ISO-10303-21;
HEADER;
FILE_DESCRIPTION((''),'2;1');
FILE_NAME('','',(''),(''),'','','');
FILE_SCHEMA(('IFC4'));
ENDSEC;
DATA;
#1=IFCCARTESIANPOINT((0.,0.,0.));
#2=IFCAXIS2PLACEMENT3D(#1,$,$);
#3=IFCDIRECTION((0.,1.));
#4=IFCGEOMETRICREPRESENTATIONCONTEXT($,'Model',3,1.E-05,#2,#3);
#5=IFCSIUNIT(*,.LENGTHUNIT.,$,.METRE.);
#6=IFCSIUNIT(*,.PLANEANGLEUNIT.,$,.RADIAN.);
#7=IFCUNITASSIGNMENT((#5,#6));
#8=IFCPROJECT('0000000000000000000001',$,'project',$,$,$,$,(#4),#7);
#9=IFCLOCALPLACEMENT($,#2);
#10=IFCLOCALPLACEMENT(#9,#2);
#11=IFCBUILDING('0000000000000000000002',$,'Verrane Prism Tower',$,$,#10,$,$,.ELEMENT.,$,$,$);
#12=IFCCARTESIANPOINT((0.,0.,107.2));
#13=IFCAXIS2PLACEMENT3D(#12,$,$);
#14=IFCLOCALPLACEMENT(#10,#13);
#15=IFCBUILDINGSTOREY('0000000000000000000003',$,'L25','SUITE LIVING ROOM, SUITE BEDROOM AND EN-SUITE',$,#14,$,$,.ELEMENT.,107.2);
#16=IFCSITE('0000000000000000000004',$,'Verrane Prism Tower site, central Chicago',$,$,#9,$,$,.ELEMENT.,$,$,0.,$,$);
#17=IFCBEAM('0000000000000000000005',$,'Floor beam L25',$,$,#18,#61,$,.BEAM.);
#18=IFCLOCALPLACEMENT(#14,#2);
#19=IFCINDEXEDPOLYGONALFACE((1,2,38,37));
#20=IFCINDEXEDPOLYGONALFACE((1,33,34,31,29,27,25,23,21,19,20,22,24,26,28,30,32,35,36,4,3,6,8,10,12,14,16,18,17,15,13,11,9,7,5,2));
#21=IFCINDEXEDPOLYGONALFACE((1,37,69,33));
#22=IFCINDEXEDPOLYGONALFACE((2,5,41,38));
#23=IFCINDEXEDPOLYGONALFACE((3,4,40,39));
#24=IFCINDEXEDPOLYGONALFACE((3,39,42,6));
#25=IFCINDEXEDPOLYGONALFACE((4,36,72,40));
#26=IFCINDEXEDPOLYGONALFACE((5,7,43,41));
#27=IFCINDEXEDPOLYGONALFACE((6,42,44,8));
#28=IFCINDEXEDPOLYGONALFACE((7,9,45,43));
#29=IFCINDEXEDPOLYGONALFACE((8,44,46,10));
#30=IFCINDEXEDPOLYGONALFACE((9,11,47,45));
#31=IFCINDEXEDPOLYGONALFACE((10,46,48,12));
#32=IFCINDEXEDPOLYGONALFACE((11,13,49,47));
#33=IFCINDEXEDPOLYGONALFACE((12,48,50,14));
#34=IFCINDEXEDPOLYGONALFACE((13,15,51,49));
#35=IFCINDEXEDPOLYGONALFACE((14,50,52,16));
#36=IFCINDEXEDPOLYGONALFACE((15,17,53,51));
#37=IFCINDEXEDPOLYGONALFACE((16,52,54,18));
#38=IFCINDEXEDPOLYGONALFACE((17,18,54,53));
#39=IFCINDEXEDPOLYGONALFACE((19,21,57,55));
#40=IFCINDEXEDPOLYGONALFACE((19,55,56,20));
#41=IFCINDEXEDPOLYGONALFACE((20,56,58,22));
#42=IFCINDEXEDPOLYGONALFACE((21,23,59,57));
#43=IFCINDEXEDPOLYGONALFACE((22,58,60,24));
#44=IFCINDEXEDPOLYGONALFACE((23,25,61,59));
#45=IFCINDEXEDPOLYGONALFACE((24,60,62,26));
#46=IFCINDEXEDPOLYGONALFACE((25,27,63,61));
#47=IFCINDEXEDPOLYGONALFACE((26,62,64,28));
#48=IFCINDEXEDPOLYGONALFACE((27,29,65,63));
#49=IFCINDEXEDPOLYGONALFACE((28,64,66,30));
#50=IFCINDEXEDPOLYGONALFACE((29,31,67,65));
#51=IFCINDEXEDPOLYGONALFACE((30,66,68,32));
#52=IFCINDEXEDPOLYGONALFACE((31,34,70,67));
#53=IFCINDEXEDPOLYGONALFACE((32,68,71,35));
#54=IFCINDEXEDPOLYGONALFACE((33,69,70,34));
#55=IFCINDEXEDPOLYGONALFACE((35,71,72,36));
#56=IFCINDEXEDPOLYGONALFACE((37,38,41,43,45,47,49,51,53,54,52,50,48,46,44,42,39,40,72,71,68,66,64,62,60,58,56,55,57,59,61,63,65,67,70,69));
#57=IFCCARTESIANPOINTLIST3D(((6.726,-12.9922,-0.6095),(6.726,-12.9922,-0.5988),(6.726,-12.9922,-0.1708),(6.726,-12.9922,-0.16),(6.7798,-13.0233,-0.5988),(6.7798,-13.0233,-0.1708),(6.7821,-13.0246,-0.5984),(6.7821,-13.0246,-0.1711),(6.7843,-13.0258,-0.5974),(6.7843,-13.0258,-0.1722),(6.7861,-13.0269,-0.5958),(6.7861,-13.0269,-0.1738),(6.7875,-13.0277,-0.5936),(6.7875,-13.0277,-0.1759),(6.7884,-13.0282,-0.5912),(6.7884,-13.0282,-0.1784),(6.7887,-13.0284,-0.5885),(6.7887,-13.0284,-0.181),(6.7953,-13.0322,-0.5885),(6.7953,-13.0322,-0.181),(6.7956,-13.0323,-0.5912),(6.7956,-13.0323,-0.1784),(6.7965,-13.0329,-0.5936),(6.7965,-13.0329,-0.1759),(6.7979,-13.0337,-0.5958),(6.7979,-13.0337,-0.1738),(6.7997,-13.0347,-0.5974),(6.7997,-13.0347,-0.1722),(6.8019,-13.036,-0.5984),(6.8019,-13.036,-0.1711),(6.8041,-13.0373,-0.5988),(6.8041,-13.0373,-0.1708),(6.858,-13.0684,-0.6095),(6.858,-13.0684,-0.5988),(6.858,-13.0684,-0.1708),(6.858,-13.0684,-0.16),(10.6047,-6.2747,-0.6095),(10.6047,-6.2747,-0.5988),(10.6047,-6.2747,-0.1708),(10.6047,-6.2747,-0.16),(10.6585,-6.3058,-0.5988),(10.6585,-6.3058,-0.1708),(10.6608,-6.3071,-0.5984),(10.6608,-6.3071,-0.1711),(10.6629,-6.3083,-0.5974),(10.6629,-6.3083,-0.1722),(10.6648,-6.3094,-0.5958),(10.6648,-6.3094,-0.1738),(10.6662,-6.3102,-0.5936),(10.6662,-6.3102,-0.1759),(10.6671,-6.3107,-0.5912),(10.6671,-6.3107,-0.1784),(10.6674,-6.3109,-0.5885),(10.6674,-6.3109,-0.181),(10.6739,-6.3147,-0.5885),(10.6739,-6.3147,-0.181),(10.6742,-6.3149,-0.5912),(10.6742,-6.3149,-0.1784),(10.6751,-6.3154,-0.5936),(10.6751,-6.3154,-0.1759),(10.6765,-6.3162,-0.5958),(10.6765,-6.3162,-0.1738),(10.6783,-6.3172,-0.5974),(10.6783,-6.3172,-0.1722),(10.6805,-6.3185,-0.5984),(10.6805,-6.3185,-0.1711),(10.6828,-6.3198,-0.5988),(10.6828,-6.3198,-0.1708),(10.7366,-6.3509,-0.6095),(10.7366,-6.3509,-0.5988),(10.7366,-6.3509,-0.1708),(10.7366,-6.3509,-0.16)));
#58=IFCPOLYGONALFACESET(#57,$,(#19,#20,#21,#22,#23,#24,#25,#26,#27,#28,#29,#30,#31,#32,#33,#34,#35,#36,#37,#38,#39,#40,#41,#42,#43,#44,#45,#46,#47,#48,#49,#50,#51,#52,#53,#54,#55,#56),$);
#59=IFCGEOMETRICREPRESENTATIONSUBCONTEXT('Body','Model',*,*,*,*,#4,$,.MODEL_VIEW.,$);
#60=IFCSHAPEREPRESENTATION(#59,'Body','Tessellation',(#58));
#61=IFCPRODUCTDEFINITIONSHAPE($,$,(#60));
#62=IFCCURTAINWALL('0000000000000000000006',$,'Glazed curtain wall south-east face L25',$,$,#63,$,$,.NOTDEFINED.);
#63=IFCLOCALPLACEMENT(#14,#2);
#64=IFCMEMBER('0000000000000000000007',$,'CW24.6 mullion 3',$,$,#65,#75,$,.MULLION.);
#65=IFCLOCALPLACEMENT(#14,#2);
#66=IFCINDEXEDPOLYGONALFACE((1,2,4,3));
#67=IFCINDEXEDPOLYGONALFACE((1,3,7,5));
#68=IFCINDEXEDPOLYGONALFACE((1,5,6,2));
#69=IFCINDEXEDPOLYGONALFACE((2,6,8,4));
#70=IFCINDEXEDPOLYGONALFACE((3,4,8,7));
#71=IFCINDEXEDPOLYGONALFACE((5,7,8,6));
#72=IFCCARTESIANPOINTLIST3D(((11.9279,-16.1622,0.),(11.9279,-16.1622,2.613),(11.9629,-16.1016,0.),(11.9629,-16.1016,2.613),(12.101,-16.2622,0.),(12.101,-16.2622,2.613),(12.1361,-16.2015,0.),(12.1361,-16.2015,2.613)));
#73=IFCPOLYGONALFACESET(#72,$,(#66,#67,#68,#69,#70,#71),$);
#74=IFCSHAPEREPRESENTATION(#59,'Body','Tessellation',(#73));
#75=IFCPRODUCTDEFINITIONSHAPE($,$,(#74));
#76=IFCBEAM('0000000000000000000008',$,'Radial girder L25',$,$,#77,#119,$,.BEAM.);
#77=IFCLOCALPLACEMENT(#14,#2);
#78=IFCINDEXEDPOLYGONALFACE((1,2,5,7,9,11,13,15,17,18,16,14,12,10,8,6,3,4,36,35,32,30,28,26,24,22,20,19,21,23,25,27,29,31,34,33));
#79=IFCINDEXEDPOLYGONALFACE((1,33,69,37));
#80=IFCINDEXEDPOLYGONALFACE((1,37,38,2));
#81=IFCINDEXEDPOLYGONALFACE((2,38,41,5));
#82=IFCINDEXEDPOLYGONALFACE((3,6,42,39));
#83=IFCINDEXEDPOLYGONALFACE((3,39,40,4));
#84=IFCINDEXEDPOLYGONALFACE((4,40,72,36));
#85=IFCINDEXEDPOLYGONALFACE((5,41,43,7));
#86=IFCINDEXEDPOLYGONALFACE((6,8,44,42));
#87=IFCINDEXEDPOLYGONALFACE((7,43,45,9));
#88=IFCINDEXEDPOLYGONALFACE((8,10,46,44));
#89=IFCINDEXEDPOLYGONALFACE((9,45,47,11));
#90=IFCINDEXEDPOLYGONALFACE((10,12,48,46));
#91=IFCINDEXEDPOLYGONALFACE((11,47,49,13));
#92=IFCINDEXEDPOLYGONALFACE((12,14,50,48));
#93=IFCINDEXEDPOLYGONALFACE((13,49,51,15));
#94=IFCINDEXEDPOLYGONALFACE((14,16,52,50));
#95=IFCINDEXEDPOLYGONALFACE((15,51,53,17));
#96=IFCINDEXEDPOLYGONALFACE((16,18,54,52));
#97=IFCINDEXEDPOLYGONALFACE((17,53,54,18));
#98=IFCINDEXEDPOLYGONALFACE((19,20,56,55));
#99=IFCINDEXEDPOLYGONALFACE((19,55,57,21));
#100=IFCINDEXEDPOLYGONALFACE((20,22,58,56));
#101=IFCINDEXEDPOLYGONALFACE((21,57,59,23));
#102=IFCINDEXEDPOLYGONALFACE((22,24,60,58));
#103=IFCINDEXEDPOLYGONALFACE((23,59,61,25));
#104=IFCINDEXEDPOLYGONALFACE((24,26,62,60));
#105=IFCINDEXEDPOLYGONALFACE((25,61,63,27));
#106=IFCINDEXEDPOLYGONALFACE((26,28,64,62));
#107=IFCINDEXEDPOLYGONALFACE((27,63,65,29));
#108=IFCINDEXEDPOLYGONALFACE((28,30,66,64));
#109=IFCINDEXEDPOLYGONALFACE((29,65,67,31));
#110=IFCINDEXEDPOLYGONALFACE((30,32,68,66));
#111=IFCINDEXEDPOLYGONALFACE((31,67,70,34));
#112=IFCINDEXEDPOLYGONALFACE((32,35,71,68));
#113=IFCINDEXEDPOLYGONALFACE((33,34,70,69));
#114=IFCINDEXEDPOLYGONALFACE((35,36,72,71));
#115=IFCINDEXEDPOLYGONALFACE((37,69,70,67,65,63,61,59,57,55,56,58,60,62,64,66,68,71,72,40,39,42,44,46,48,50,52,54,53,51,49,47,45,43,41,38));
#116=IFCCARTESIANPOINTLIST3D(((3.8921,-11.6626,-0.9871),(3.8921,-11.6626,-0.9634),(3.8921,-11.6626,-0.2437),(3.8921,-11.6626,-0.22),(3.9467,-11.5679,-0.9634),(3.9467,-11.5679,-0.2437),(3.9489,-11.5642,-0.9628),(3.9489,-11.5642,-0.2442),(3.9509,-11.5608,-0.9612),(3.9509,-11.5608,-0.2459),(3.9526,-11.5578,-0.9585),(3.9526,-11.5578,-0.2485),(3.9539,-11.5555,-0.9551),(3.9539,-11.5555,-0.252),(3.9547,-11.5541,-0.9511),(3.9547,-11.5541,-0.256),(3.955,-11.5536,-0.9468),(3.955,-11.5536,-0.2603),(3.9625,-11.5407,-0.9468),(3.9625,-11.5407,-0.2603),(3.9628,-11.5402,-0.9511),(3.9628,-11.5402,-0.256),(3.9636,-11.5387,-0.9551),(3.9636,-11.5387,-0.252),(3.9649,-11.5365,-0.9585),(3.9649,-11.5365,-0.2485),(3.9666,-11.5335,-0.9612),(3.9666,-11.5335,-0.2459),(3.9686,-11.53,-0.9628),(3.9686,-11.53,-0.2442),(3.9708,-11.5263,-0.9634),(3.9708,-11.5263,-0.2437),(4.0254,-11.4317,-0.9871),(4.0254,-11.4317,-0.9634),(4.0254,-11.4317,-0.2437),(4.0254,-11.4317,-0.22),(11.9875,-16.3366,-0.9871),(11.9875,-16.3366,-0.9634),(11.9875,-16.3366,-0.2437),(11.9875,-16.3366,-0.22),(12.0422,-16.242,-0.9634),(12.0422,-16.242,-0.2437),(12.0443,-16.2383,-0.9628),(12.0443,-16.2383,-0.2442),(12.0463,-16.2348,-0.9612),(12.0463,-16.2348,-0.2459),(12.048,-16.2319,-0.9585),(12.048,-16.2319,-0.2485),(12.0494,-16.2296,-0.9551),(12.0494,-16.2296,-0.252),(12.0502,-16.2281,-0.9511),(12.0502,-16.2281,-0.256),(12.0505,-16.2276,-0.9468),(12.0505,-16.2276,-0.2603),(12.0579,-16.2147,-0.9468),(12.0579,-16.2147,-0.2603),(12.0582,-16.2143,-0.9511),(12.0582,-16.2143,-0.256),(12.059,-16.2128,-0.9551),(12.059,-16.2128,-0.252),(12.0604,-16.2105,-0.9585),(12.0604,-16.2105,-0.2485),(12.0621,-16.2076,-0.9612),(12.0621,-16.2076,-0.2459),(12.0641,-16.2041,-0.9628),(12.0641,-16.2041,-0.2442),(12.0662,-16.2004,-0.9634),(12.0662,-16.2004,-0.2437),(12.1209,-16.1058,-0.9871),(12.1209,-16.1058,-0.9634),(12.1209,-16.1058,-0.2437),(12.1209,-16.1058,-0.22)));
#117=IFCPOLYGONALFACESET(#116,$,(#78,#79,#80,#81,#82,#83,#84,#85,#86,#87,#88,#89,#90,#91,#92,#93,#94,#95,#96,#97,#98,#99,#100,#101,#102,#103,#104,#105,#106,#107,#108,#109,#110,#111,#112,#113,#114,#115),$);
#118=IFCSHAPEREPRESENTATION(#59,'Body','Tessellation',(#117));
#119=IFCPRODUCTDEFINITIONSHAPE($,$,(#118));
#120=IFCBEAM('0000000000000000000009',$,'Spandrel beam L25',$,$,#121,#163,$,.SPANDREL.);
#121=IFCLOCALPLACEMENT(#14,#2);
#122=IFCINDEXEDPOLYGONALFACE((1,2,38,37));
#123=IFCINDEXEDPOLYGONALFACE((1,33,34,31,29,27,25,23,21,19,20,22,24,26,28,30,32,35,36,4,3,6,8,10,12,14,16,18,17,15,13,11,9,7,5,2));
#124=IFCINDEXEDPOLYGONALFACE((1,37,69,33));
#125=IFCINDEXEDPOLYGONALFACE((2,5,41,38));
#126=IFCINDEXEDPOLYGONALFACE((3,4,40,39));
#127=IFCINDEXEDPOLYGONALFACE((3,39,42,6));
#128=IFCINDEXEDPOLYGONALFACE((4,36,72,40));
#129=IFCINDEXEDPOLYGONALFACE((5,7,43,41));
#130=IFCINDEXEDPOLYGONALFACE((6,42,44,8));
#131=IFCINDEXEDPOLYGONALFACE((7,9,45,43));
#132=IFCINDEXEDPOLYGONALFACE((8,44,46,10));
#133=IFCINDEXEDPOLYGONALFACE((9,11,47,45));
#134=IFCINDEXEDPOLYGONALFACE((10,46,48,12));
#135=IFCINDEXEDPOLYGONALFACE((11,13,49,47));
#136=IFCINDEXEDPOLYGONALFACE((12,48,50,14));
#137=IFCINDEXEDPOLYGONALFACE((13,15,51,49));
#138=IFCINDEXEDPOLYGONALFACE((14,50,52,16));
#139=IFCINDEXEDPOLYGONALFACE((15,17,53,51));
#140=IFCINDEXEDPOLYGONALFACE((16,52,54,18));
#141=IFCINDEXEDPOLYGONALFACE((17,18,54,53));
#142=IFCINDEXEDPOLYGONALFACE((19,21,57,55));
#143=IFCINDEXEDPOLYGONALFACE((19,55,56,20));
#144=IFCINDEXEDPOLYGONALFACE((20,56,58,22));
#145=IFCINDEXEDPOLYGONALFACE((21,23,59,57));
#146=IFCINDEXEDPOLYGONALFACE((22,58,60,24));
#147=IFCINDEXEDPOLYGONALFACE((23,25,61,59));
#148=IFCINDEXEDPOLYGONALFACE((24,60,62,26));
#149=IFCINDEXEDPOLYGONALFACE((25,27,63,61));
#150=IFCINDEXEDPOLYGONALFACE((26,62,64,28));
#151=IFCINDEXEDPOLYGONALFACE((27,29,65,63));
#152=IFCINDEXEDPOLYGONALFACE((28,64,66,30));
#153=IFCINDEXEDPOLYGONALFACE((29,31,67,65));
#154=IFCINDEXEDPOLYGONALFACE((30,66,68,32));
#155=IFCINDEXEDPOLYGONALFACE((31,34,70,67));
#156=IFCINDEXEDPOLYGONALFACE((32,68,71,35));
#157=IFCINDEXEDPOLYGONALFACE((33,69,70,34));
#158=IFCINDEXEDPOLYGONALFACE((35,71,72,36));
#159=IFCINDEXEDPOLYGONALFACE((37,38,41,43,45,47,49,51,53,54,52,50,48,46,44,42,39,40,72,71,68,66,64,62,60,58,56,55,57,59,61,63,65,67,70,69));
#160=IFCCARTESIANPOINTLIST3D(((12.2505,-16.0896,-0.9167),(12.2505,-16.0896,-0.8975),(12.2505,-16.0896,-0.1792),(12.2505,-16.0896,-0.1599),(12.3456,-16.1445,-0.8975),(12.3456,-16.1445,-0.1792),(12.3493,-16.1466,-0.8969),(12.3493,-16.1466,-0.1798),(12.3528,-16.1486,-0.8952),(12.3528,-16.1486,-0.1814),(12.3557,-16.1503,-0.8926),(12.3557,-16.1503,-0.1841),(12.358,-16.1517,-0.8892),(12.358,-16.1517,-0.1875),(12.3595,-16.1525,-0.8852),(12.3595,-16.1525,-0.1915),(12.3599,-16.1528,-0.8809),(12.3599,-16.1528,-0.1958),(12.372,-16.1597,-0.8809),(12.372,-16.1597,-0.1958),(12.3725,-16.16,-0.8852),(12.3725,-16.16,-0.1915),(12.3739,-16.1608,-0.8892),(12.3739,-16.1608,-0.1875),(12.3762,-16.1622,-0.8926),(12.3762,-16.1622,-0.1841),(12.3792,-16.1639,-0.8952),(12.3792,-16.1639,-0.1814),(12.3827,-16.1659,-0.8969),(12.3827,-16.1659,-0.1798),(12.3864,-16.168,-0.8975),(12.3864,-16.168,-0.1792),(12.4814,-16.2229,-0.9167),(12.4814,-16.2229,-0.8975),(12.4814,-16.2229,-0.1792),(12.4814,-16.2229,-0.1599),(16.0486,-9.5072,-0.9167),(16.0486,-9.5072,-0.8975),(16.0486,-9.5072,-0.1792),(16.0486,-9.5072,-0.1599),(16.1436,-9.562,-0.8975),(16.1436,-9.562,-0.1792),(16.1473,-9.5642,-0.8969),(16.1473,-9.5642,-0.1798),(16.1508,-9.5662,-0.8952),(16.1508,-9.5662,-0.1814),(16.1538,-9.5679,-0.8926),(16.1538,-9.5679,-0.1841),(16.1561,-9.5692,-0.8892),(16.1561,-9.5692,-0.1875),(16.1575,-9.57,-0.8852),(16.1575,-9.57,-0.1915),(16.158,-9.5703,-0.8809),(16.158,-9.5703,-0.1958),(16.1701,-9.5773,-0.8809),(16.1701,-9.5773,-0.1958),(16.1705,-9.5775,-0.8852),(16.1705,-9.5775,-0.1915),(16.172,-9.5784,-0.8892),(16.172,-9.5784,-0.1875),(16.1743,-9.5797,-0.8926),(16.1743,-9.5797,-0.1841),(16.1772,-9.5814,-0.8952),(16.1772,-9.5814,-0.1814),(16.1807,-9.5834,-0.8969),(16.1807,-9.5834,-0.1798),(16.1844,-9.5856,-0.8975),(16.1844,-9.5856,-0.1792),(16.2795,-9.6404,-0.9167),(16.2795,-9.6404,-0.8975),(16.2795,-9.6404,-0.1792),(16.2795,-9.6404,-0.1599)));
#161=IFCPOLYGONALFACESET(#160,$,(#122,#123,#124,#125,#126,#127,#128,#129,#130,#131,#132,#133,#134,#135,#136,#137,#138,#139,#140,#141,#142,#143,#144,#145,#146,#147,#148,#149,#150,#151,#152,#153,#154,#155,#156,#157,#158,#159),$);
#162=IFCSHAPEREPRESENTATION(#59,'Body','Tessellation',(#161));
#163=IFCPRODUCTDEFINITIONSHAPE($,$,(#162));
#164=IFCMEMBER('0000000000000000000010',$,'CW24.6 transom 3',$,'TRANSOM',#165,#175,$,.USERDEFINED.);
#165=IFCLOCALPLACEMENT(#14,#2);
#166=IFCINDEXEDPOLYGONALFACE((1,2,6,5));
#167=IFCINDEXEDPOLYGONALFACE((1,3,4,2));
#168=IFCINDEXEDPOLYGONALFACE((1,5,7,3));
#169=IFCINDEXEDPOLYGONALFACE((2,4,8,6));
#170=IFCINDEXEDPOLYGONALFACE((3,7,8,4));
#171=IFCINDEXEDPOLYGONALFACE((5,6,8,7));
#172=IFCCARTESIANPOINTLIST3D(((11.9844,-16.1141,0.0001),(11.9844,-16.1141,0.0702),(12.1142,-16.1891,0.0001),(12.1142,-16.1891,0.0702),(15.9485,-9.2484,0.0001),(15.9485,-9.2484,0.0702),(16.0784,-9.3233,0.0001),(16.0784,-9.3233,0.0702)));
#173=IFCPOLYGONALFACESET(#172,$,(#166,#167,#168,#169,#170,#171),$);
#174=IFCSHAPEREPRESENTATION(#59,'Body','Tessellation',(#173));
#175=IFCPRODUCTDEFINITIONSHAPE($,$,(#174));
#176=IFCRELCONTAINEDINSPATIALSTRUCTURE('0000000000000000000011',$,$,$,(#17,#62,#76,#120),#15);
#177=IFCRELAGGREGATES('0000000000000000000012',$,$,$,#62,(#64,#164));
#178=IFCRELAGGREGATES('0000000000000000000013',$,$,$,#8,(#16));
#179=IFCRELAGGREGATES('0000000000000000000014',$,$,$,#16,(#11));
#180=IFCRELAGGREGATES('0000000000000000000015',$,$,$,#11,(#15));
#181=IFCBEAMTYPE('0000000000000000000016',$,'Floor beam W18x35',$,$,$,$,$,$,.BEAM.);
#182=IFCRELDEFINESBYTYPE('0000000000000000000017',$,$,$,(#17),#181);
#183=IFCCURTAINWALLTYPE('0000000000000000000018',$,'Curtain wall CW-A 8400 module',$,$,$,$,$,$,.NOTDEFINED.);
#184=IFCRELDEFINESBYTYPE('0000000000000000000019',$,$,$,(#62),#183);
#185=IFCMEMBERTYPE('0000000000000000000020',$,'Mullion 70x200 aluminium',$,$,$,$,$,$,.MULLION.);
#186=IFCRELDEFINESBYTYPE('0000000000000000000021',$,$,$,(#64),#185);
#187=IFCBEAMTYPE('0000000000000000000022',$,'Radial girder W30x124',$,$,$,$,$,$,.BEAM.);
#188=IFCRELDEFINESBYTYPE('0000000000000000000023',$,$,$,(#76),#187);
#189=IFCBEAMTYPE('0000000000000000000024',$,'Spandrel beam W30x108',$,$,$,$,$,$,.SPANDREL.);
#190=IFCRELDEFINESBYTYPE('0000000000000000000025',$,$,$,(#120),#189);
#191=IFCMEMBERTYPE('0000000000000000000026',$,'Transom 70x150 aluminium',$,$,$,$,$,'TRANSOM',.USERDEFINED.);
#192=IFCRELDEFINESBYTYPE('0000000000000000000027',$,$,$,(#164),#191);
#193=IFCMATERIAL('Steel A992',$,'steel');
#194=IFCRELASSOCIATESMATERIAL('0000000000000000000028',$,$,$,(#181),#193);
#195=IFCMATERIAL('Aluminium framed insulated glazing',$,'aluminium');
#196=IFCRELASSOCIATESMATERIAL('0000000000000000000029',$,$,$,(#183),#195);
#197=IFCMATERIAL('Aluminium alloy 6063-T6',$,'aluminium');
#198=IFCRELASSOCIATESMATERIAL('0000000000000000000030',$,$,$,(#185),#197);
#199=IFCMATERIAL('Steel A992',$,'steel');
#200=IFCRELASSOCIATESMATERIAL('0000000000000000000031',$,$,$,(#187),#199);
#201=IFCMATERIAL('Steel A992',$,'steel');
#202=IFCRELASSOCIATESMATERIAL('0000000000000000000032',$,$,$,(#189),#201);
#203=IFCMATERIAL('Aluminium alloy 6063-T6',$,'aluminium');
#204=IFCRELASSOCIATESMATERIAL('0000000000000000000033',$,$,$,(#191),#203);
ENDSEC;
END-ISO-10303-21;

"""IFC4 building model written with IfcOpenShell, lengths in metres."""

from ifc_helpers import new_model, si_unit, direction, frame, origin, origin_2d, place, context, subcontext, project, spatial, rectangle, i_section, extrude, material, material_profile, profile_set, type_object, element, aggregate, save


model = new_model("IFC4")

# Units and contexts
model_context = context("Model", 3, precision=1e-05, world=origin(), true_north=direction((0.0, 1.0)))
body_context = subcontext(model_context, "Body", "Model", "MODEL_VIEW")
ifc_project = project(units=[si_unit("LENGTHUNIT", "METRE"), si_unit("PLANEANGLEUNIT", "RADIAN")], contexts=[model_context])

# Site, building, storey
site_placement = place(None, origin())
site = spatial("IfcSite", under=ifc_project, at=site_placement, Name="Verrane Prism Tower site, central Chicago", CompositionType="ELEMENT", RefElevation=0.0)
building_placement = place(site_placement, origin())
building = spatial("IfcBuilding", under=site, at=building_placement, Name="Verrane Prism Tower", CompositionType="ELEMENT")
storey_placement = place(building_placement, frame((0.0, 0.0, 107.2)))
storey = spatial("IfcBuildingStorey", under=building, at=storey_placement, Name="L25", Description="SUITE LIVING ROOM, SUITE BEDROOM AND EN-SUITE", CompositionType="ELEMENT", Elevation=107.2)

# Beam
ifc_material_1 = material(Name="Steel A992", Category="steel")
ifc_material_profile_1 = material_profile(ifc_material_1, i_section(OverallWidth=0.1523, OverallDepth=0.4495, WebThickness=0.0076, FlangeThickness=0.0107, FilletRadius=0.0103, at=origin_2d()), Name="W18x35")
ifc_profile_set_1 = profile_set([ifc_material_profile_1], Name="Steel A992")
beam_type_1 = type_object("IfcBeamType", Name="Floor beam W18x35", PredefinedType="BEAM", material=ifc_profile_set_1)
for number, where, z_axis, x_axis, name in (
    (1, (6.792, -13.0303, -0.3848), (0.500028, 0.866009, 0.0), (-0.866009, 0.500028, 0.0), "Floor beam L25"),
):
    element("IfcBeam", number, at=place(storey_placement, frame(where, z_axis=z_axis, x_axis=x_axis)), inside=storey, type_object=beam_type_1, Name=name, PredefinedType="BEAM", context=body_context, shape_type="SweptSolid", body=[
        extrude(i_section(OverallWidth=0.1523, OverallDepth=0.4495, WebThickness=0.0076, FlangeThickness=0.0107, FilletRadius=0.0103, at=origin_2d()), origin(), (0.0, 0.0, 1.0), 7.7568),
    ])

# Curtain wall, member
ifc_material_2 = material(Name="Aluminium framed insulated glazing", Category="aluminium")
curtain_wall_type = type_object("IfcCurtainWallType", Name="Curtain wall CW-A 8400 module", PredefinedType="NOTDEFINED", material=ifc_material_2)
curtain_wall_placement = place(storey_placement, origin())
curtain_wall = element("IfcCurtainWall", 2, at=curtain_wall_placement, inside=storey, type_object=curtain_wall_type, Name="Glazed curtain wall south-east face L25", PredefinedType="NOTDEFINED")
ifc_material_3 = material(Name="Aluminium alloy 6063-T6", Category="aluminium")
ifc_material_profile_2 = material_profile(ifc_material_3, rectangle(XDim=0.2, YDim=0.0701, at=origin_2d()), Name="Mullion 70x200 aluminium")
ifc_profile_set_2 = profile_set([ifc_material_profile_2], Name="Aluminium alloy 6063-T6")
member_type_1 = type_object("IfcMemberType", Name="Mullion 70x200 aluminium", PredefinedType="MULLION", material=ifc_profile_set_2)
member_1_placement = place(storey_placement, frame((12.032, -16.1819, 0.0), z_axis=(0.0, 0.0, 1.0), x_axis=(-0.866025, 0.5, 0.0)))
member_1 = element("IfcMember", 3, at=member_1_placement, type_object=member_type_1, Name="CW24.6 mullion 3", PredefinedType="MULLION", context=body_context, shape_type="SweptSolid", body=[
    extrude(rectangle(XDim=0.2, YDim=0.0701, at=origin_2d()), origin(), (0.0, 0.0, 1.0), 2.613),
])

# Beams
ifc_material_4 = material(Name="Steel A992", Category="steel")
ifc_material_profile_3 = material_profile(ifc_material_4, i_section(OverallWidth=0.2666, OverallDepth=0.7671, WebThickness=0.0149, FlangeThickness=0.0237, FilletRadius=0.0166, at=origin_2d()), Name="W30x124")
ifc_profile_set_3 = profile_set([ifc_material_profile_3], Name="Steel A992")
beam_type_2 = type_object("IfcBeamType", Name="Radial girder W30x124", PredefinedType="BEAM", material=ifc_profile_set_3)
beam_1_placement = place(storey_placement, frame((12.0542, -16.2212, -0.6035), z_axis=(-0.866018, 0.500013, 0.0), x_axis=(-0.500013, -0.866018, 0.0)))
element("IfcBeam", 4, at=beam_1_placement, inside=storey, type_object=beam_type_2, Name="Radial girder L25", PredefinedType="BEAM", context=body_context, shape_type="SweptSolid", body=[
    extrude(i_section(OverallWidth=0.2666, OverallDepth=0.7671, WebThickness=0.0149, FlangeThickness=0.0237, FilletRadius=0.0166, at=origin_2d()), origin(), (0.0, 0.0, 1.0), 9.3479),
])
ifc_material_5 = material(Name="Steel A992", Category="steel")
ifc_material_profile_4 = material_profile(ifc_material_5, i_section(OverallWidth=0.2666, OverallDepth=0.7568, WebThickness=0.0139, FlangeThickness=0.0193, FilletRadius=0.0166, at=origin_2d()), Name="W30x108")
ifc_profile_set_4 = profile_set([ifc_material_profile_4], Name="Steel A992")
beam_type_3 = type_object("IfcBeamType", Name="Spandrel beam W30x108", PredefinedType="SPANDREL", material=ifc_profile_set_4)
beam_2_placement = place(storey_placement, frame((12.366, -16.1562, -0.5383), z_axis=(0.499771, 0.866158, 0.0), x_axis=(-0.866158, 0.499771, 0.0)))
element("IfcBeam", 5, at=beam_2_placement, inside=storey, type_object=beam_type_3, Name="Spandrel beam L25", PredefinedType="SPANDREL", context=body_context, shape_type="SweptSolid", body=[
    extrude(i_section(OverallWidth=0.2666, OverallDepth=0.7568, WebThickness=0.0139, FlangeThickness=0.0193, FilletRadius=0.0166, at=origin_2d()), origin(), (0.0, 0.0, 1.0), 7.5996),
])

# Member
ifc_material_6 = material(Name="Aluminium alloy 6063-T6", Category="aluminium")
ifc_material_profile_5 = material_profile(ifc_material_6, rectangle(XDim=0.1499, YDim=0.0701, at=origin_2d()), Name="Transom 70x150 aluminium")
ifc_profile_set_5 = profile_set([ifc_material_profile_5], Name="Aluminium alloy 6063-T6")
member_type_2 = type_object("IfcMemberType", Name="Transom 70x150 aluminium", ElementType="TRANSOM", PredefinedType="USERDEFINED", material=ifc_profile_set_5)
member_2_placement = place(storey_placement, frame((12.0493, -16.1516, 0.0352), z_axis=(0.500017, 0.866015, 0.0), x_axis=(-0.866015, 0.500017, 0.0)))
member_2 = element("IfcMember", 6, at=member_2_placement, type_object=member_type_2, Name="CW24.6 transom 3", ObjectType="TRANSOM", PredefinedType="USERDEFINED", context=body_context, shape_type="SweptSolid", body=[
    extrude(rectangle(XDim=0.1499, YDim=0.0701, at=origin_2d()), origin(), (0.0, 0.0, 1.0), 7.928),
])

aggregate(curtain_wall, [member_1, member_2])

save(model, "model.ifc")
